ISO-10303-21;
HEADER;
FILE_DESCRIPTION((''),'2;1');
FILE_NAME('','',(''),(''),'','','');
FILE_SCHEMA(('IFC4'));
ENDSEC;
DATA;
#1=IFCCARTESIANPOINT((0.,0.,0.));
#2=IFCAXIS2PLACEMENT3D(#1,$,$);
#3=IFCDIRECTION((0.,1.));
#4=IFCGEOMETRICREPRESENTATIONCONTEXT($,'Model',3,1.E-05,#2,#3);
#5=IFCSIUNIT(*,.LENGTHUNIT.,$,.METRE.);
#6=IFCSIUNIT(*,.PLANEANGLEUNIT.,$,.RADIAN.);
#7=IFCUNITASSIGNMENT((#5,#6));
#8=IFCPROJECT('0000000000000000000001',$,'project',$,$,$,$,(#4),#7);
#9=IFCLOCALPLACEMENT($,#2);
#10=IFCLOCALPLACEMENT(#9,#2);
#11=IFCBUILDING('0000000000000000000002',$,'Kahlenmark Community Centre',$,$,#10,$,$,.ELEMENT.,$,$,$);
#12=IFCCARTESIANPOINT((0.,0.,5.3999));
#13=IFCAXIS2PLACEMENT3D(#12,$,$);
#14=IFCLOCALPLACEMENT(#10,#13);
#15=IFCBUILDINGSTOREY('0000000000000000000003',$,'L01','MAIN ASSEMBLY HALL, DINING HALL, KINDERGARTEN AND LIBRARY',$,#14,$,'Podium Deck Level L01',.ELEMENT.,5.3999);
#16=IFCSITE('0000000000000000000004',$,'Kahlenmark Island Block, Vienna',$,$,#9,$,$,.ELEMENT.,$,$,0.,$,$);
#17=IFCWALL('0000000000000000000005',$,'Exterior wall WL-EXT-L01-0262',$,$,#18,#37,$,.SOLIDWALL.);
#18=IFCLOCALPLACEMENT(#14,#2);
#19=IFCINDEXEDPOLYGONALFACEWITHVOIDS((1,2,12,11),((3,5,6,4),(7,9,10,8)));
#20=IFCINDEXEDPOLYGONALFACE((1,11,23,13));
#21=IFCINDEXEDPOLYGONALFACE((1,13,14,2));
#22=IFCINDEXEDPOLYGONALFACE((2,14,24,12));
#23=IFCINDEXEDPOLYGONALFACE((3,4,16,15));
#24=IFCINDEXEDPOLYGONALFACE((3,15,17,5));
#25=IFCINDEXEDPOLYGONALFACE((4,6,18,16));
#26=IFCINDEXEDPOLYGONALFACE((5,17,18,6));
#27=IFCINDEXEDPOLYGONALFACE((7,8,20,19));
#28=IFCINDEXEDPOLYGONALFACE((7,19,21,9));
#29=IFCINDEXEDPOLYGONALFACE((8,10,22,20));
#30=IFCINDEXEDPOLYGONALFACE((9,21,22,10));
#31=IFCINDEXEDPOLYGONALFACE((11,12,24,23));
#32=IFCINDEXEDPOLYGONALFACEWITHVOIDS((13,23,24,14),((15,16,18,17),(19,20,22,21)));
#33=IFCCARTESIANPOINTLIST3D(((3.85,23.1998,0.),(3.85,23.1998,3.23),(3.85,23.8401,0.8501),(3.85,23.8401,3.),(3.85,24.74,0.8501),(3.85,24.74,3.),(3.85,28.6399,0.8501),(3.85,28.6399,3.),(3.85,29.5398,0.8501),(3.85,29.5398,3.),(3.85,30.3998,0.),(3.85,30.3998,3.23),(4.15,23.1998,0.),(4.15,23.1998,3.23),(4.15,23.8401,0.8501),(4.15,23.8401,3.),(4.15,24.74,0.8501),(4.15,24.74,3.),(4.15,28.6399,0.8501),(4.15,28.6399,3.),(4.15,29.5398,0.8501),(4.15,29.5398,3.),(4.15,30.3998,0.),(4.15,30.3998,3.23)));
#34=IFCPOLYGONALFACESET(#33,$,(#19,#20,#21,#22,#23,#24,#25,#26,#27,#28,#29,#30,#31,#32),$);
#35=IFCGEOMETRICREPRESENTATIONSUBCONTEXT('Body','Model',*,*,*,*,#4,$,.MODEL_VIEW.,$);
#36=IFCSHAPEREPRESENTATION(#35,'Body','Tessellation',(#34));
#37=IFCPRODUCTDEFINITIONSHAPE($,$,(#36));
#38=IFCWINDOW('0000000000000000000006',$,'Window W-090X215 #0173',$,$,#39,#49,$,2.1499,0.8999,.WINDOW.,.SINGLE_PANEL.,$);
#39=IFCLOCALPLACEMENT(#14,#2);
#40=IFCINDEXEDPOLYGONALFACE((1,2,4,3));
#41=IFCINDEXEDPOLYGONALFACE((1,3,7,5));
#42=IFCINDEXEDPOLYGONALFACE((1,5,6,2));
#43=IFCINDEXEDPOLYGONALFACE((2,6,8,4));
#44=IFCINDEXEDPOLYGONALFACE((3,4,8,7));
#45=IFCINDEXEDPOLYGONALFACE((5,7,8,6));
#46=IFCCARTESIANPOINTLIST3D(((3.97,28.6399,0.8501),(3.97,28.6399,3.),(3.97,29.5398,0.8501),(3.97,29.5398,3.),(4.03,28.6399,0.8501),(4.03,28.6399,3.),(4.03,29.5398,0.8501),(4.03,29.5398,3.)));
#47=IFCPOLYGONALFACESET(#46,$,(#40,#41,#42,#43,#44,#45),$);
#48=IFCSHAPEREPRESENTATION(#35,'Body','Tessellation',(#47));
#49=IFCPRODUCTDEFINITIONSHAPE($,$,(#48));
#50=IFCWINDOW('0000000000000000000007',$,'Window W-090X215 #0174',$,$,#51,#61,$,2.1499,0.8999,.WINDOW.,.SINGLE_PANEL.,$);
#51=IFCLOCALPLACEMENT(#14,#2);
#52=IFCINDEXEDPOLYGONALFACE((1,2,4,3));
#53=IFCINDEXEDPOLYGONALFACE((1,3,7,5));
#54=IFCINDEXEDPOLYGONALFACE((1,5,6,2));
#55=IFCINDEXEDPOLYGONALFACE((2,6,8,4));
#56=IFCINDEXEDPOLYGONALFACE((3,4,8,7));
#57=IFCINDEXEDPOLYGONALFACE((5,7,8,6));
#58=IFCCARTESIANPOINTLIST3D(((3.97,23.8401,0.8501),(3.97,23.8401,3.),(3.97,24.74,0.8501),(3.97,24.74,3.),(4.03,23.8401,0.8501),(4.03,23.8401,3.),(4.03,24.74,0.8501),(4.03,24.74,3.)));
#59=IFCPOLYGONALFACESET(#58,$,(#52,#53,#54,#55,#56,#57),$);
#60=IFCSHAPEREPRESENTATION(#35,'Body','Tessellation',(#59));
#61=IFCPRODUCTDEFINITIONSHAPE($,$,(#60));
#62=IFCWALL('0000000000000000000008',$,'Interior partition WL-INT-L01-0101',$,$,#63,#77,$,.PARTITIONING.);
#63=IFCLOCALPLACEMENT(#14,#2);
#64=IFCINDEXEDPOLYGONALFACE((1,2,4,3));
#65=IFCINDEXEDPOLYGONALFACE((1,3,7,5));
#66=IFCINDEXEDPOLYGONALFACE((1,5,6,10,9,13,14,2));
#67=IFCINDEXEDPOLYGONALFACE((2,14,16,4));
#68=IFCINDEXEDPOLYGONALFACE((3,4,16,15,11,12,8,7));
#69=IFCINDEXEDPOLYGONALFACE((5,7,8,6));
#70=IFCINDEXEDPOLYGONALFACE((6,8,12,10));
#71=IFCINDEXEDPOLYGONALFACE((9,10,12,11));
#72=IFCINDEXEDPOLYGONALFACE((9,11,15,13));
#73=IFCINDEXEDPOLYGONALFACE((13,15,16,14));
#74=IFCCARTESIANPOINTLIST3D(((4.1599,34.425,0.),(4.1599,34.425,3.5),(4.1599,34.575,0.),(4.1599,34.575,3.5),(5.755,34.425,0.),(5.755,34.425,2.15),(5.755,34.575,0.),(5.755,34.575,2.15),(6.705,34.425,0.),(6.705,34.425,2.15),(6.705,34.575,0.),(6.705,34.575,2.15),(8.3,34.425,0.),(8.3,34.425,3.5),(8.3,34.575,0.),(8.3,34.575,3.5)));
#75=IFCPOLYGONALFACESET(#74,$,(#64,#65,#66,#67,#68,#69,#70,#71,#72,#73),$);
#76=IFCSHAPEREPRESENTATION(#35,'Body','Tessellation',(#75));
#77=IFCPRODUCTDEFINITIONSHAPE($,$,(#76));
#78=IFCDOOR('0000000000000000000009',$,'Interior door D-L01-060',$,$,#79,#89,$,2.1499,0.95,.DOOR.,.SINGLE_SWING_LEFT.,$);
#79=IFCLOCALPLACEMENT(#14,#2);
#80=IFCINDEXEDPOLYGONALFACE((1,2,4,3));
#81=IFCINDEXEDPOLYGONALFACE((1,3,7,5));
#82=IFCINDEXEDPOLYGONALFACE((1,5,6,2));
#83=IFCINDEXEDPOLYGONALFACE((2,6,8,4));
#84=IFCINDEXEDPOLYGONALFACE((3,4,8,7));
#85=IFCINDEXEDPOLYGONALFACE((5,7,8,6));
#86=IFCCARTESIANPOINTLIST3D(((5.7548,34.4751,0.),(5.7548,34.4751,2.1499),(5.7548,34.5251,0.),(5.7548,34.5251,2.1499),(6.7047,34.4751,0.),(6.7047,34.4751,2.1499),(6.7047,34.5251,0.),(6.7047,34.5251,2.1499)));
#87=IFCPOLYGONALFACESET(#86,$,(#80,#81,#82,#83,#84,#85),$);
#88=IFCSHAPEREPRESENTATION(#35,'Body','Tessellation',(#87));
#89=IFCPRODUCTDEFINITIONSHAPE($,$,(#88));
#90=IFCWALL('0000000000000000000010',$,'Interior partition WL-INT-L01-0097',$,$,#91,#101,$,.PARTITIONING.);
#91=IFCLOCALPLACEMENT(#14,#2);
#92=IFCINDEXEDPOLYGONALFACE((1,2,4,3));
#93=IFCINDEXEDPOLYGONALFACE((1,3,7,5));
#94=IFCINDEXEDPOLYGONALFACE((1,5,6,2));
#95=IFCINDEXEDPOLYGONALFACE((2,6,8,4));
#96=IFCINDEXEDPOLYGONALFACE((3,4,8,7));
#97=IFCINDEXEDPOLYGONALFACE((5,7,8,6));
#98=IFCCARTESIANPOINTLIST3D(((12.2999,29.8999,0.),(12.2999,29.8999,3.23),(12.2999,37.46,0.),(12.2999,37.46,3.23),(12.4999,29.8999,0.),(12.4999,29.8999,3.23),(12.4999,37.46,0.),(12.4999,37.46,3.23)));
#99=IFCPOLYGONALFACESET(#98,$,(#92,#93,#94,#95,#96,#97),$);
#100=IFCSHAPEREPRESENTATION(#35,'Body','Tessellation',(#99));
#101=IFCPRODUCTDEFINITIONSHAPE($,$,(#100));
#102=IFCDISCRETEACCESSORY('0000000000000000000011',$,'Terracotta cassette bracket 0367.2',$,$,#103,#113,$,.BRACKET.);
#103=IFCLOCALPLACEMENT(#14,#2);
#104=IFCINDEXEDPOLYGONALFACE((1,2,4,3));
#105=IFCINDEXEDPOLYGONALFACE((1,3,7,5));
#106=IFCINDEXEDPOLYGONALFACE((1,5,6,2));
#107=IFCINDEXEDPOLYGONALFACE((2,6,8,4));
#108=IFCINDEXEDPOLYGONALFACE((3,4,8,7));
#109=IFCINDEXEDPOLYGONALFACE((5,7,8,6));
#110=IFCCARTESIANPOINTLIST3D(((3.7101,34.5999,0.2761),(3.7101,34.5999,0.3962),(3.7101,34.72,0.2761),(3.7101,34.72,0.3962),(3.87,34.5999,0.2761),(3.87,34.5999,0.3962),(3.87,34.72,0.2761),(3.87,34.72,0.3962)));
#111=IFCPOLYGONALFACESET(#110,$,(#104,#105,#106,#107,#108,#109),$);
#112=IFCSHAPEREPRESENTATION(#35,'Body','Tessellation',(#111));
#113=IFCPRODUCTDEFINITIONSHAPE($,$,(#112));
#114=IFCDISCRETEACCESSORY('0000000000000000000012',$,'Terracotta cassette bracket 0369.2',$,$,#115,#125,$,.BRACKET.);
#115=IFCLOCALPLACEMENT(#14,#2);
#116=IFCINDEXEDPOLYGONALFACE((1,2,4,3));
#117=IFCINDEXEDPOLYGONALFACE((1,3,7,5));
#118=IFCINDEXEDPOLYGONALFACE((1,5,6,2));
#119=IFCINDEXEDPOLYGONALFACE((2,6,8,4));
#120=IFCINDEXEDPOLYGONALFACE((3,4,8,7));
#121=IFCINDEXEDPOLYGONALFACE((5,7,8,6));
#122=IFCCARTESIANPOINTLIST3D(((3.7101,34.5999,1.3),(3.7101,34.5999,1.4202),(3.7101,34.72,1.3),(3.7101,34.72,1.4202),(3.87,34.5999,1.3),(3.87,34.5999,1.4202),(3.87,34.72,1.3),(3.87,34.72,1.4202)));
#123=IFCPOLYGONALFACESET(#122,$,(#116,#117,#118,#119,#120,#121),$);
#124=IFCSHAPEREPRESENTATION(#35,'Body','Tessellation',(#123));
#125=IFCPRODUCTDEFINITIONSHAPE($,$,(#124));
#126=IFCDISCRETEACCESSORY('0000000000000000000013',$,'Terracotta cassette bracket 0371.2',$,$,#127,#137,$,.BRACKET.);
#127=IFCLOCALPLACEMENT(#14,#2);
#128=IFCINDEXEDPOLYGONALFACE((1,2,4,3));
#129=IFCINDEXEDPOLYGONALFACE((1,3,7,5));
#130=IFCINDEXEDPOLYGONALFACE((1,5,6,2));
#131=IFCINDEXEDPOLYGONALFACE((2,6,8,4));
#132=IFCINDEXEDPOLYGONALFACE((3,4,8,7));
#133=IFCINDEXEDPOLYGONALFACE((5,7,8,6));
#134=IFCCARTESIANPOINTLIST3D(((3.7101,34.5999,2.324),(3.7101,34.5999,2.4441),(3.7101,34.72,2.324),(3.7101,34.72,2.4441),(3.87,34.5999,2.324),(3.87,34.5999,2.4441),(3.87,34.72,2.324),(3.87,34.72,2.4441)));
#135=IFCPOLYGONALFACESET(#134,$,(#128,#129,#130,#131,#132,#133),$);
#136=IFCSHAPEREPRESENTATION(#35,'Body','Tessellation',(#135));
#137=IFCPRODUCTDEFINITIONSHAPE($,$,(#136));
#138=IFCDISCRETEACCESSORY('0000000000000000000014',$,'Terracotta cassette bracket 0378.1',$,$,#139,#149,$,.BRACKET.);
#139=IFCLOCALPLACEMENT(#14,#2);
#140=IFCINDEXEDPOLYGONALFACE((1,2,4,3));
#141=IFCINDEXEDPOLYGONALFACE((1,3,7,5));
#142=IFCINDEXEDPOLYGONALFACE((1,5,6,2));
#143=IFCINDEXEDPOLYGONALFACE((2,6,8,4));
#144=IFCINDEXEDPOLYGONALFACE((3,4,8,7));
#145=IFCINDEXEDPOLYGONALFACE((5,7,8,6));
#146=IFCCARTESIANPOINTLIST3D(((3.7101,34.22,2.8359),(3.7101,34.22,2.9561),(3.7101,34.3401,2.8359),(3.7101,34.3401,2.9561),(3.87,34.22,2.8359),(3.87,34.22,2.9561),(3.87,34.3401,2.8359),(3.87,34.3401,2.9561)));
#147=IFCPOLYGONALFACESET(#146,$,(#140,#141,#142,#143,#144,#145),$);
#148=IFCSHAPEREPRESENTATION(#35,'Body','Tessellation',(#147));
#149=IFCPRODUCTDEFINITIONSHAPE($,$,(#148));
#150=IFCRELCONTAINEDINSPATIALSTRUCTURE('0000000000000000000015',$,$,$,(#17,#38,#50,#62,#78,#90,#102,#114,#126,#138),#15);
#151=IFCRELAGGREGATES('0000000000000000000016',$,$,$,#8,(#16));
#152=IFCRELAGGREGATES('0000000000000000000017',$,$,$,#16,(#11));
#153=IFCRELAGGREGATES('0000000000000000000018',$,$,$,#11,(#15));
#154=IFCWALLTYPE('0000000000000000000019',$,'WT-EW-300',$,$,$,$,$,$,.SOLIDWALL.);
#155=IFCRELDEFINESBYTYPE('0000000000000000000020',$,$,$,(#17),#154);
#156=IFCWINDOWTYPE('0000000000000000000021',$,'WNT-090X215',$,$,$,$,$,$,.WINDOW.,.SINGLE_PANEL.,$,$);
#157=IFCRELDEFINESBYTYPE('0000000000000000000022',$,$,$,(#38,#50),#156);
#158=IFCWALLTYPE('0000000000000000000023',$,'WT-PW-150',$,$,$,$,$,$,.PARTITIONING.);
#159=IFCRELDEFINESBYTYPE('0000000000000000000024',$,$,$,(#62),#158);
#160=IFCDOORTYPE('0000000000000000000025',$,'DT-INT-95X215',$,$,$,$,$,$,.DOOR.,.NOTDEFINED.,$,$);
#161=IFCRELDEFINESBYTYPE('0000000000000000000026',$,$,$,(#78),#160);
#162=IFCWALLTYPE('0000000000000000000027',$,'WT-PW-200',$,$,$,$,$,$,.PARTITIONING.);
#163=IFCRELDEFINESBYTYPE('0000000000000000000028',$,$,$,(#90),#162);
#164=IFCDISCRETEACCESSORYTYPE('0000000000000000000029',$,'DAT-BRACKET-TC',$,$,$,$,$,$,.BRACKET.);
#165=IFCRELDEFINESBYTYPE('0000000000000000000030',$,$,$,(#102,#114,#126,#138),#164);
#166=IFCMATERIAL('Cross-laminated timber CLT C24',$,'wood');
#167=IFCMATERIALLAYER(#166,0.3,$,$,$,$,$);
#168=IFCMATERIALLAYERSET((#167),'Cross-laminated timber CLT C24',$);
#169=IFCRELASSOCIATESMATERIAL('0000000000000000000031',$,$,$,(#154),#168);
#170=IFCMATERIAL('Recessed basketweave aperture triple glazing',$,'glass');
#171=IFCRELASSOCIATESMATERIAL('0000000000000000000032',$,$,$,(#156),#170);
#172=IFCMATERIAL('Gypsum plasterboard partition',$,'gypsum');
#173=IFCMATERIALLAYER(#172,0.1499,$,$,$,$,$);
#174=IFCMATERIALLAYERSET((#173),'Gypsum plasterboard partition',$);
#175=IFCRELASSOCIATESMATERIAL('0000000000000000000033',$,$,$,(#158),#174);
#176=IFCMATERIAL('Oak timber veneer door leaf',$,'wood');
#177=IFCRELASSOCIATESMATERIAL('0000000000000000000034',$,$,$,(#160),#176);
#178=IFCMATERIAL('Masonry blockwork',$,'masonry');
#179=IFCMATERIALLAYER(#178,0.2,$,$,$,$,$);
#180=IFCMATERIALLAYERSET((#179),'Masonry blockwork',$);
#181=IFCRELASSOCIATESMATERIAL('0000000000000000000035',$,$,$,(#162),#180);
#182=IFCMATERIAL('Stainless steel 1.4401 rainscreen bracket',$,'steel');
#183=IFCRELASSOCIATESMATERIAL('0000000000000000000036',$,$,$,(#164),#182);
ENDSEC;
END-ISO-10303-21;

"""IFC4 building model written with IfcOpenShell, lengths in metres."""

from ifc_helpers import new_model, si_unit, direction, frame, frame_2d, origin, origin_2d, place, context, subcontext, project, spatial, rectangle, extrude, material, layer, layer_set, type_object, element, fill, save


model = new_model("IFC4")

# Units and contexts
model_context = context("Model", 3, precision=1e-05, world=origin(), true_north=direction((0.0, 1.0)))
body_context = subcontext(model_context, "Body", "Model", "MODEL_VIEW")
ifc_project = project(units=[si_unit("LENGTHUNIT", "METRE"), si_unit("PLANEANGLEUNIT", "RADIAN")], contexts=[model_context])

# Site, building, storey
site_placement = place(None, origin())
site = spatial("IfcSite", under=ifc_project, at=site_placement, Name="Kahlenmark Island Block, Vienna", CompositionType="ELEMENT", RefElevation=0.0)
building_placement = place(site_placement, origin())
building = spatial("IfcBuilding", under=site, at=building_placement, Name="Kahlenmark Community Centre", CompositionType="ELEMENT")
storey_placement = place(building_placement, frame((0.0, 0.0, 5.3999)))
storey = spatial("IfcBuildingStorey", under=building, at=storey_placement, Name="L01", Description="MAIN ASSEMBLY HALL, DINING HALL, KINDERGARTEN AND LIBRARY", LongName="Podium Deck Level L01", CompositionType="ELEMENT", Elevation=5.3999)

# Wall, openings, windows
ifc_material_1 = material(Name="Cross-laminated timber CLT C24", Category="wood")
ifc_layer_1 = layer(ifc_material_1, 0.3)
ifc_layer_set_1 = layer_set([ifc_layer_1], Name="Cross-laminated timber CLT C24")
wall_type_1 = type_object("IfcWallType", Name="WT-EW-300", PredefinedType="SOLIDWALL", material=ifc_layer_set_1)
wall_1_placement = place(storey_placement, frame((4.0, 30.3999, 0.0), z_axis=(0.0, 0.0, 1.0), x_axis=(0.0, -1.0, 0.0)))
wall_1 = element("IfcWall", 1, at=wall_1_placement, inside=storey, type_object=wall_type_1, Name="Exterior wall WL-EXT-L01-0262", PredefinedType="SOLIDWALL", context=body_context, shape_type="SweptSolid", body=[
    extrude(rectangle(XDim=7.2, YDim=0.3, at=frame_2d((3.6001, 0.0))), origin(), (0.0, 0.0, 1.0), 3.23),
])
opening_1_placement = place(wall_1_placement, frame((0.8601, 0.0, 0.8501)))
opening_1 = element("IfcOpeningElement", 2, at=opening_1_placement, cuts=wall_1, PredefinedType="OPENING", context=body_context, shape_type="SweptSolid", body=[
    extrude(rectangle(XDim=0.8999, YDim=2.1499, at=frame_2d((0.45, 1.075))), frame((0.0, 0.1599, 0.0), z_axis=(0.0, -1.0, 0.0), x_axis=(1.0, 0.0, 0.0)), (0.0, 0.0, 1.0), 0.3201),
])
opening_2_placement = place(wall_1_placement, frame((5.6599, 0.0, 0.8501)))
opening_2 = element("IfcOpeningElement", 3, at=opening_2_placement, cuts=wall_1, PredefinedType="OPENING", context=body_context, shape_type="SweptSolid", body=[
    extrude(rectangle(XDim=0.8999, YDim=2.1499, at=frame_2d((0.45, 1.075))), frame((0.0, 0.1599, 0.0), z_axis=(0.0, -1.0, 0.0), x_axis=(1.0, 0.0, 0.0)), (0.0, 0.0, 1.0), 0.3201),
])
ifc_material_2 = material(Name="Recessed basketweave aperture triple glazing", Category="glass")
window_type = type_object("IfcWindowType", Name="WNT-090X215", PartitioningType="SINGLE_PANEL", PredefinedType="WINDOW", material=ifc_material_2)
window_1_placement = place(opening_1_placement, origin())
window_1 = element("IfcWindow", 4, at=window_1_placement, inside=storey, type_object=window_type, Name="Window W-090X215 #0173", OverallHeight=2.1499, OverallWidth=0.8999, PartitioningType="SINGLE_PANEL", PredefinedType="WINDOW", context=body_context, shape_type="SweptSolid", body=[
    extrude(rectangle(XDim=0.8999, YDim=2.1499, at=frame_2d((0.45, 1.075))), frame((0.0, 0.03, 0.0), z_axis=(0.0, -1.0, 0.0), x_axis=(1.0, 0.0, 0.0)), (0.0, 0.0, 1.0), 0.0601),
])
fill(opening_1, window_1)
window_2_placement = place(opening_2_placement, origin())
window_2 = element("IfcWindow", 5, at=window_2_placement, inside=storey, type_object=window_type, Name="Window W-090X215 #0174", OverallHeight=2.1499, OverallWidth=0.8999, PartitioningType="SINGLE_PANEL", PredefinedType="WINDOW", context=body_context, shape_type="SweptSolid", body=[
    extrude(rectangle(XDim=0.8999, YDim=2.1499, at=frame_2d((0.45, 1.075))), frame((0.0, 0.03, 0.0), z_axis=(0.0, -1.0, 0.0), x_axis=(1.0, 0.0, 0.0)), (0.0, 0.0, 1.0), 0.0601),
])
fill(opening_2, window_2)

# Wall, opening, door
ifc_material_3 = material(Name="Gypsum plasterboard partition", Category="gypsum")
ifc_layer_2 = layer(ifc_material_3, 0.1499)
ifc_layer_set_2 = layer_set([ifc_layer_2], Name="Gypsum plasterboard partition")
wall_type_2 = type_object("IfcWallType", Name="WT-PW-150", PredefinedType="PARTITIONING", material=ifc_layer_set_2)
wall_2_placement = place(storey_placement, frame((4.1599, 34.5, 0.0), z_axis=(0.0, 0.0, 1.0), x_axis=(1.0, 0.0, 0.0)))
wall_2 = element("IfcWall", 6, at=wall_2_placement, inside=storey, type_object=wall_type_2, Name="Interior partition WL-INT-L01-0101", PredefinedType="PARTITIONING", context=body_context, shape_type="SweptSolid", body=[
    extrude(rectangle(XDim=4.1401, YDim=0.1499, at=frame_2d((2.0701, 0.0))), origin(), (0.0, 0.0, 1.0), 3.5),
])
opening_3_placement = place(wall_2_placement, frame((1.595, 0.0, -0.01)))
opening_3 = element("IfcOpeningElement", 7, at=opening_3_placement, cuts=wall_2, PredefinedType="OPENING", context=body_context, shape_type="SweptSolid", body=[
    extrude(rectangle(XDim=0.95, YDim=2.1599, at=frame_2d((0.4751, 1.0801))), frame((0.0, 0.085, 0.0), z_axis=(0.0, -1.0, 0.0), x_axis=(1.0, 0.0, 0.0)), (0.0, 0.0, 1.0), 0.1699),
])
ifc_material_4 = material(Name="Oak timber veneer door leaf", Category="wood")
door_type = type_object("IfcDoorType", Name="DT-INT-95X215", OperationType="NOTDEFINED", PredefinedType="DOOR", material=ifc_material_4)
door_placement = place(opening_3_placement, frame((0.95, 0.0, 0.01), z_axis=(0.0, 0.0, 1.0), x_axis=(-1.0, 0.0, 0.0)))
door = element("IfcDoor", 8, at=door_placement, inside=storey, type_object=door_type, Name="Interior door D-L01-060", OperationType="SINGLE_SWING_LEFT", OverallHeight=2.1499, OverallWidth=0.95, PredefinedType="DOOR", context=body_context, shape_type="SweptSolid", body=[
    extrude(rectangle(XDim=0.95, YDim=2.1499, at=frame_2d((0.4751, 1.075))), frame((0.0, 0.0249, 0.0), z_axis=(0.0, -1.0, 0.0), x_axis=(1.0, 0.0, 0.0)), (0.0, 0.0, 1.0), 0.05),
])
fill(opening_3, door)

# Wall
ifc_material_5 = material(Name="Masonry blockwork", Category="masonry")
ifc_layer_3 = layer(ifc_material_5, 0.2)
ifc_layer_set_3 = layer_set([ifc_layer_3], Name="Masonry blockwork")
wall_type_3 = type_object("IfcWallType", Name="WT-PW-200", PredefinedType="PARTITIONING", material=ifc_layer_set_3)
wall_3_placement = place(storey_placement, frame((12.3999, 29.8999, 0.0), z_axis=(0.0, 0.0, 1.0), x_axis=(0.0, 1.0, 0.0)))
element("IfcWall", 9, at=wall_3_placement, inside=storey, type_object=wall_type_3, Name="Interior partition WL-INT-L01-0097", PredefinedType="PARTITIONING", context=body_context, shape_type="SweptSolid", body=[
    extrude(rectangle(XDim=7.5601, YDim=0.2, at=frame_2d((3.78, 0.0))), origin(), (0.0, 0.0, 1.0), 3.23),
])

# Discrete accessories
ifc_material_6 = material(Name="Stainless steel 1.4401 rainscreen bracket", Category="steel")
discrete_accessory_type = type_object("IfcDiscreteAccessoryType", Name="DAT-BRACKET-TC", PredefinedType="BRACKET", material=ifc_material_6)
for number, where, z_axis, x_axis, name in (
    (10, (3.79, 34.6599, 0.2761), (0.0, 0.0, 1.0), (0.0, -1.0, 0.0), "Terracotta cassette bracket 0367.2"),
    (11, (3.79, 34.6599, 1.3), (0.0, 0.0, 1.0), (0.0, -1.0, 0.0), "Terracotta cassette bracket 0369.2"),
    (12, (3.79, 34.6599, 2.324), (0.0, 0.0, 1.0), (0.0, -1.0, 0.0), "Terracotta cassette bracket 0371.2"),
    (13, (3.79, 34.28, 2.8359), (0.0, 0.0, 1.0), (0.0, -1.0, 0.0), "Terracotta cassette bracket 0378.1"),
):
    element("IfcDiscreteAccessory", number, at=place(storey_placement, frame(where, z_axis=z_axis, x_axis=x_axis)), inside=storey, type_object=discrete_accessory_type, Name=name, PredefinedType="BRACKET", context=body_context, shape_type="SweptSolid", body=[
        extrude(rectangle(XDim=0.1201, YDim=0.1599, at=origin_2d()), origin(), (0.0, 0.0, 1.0), 0.1201),
    ])

save(model, "model.ifc")
